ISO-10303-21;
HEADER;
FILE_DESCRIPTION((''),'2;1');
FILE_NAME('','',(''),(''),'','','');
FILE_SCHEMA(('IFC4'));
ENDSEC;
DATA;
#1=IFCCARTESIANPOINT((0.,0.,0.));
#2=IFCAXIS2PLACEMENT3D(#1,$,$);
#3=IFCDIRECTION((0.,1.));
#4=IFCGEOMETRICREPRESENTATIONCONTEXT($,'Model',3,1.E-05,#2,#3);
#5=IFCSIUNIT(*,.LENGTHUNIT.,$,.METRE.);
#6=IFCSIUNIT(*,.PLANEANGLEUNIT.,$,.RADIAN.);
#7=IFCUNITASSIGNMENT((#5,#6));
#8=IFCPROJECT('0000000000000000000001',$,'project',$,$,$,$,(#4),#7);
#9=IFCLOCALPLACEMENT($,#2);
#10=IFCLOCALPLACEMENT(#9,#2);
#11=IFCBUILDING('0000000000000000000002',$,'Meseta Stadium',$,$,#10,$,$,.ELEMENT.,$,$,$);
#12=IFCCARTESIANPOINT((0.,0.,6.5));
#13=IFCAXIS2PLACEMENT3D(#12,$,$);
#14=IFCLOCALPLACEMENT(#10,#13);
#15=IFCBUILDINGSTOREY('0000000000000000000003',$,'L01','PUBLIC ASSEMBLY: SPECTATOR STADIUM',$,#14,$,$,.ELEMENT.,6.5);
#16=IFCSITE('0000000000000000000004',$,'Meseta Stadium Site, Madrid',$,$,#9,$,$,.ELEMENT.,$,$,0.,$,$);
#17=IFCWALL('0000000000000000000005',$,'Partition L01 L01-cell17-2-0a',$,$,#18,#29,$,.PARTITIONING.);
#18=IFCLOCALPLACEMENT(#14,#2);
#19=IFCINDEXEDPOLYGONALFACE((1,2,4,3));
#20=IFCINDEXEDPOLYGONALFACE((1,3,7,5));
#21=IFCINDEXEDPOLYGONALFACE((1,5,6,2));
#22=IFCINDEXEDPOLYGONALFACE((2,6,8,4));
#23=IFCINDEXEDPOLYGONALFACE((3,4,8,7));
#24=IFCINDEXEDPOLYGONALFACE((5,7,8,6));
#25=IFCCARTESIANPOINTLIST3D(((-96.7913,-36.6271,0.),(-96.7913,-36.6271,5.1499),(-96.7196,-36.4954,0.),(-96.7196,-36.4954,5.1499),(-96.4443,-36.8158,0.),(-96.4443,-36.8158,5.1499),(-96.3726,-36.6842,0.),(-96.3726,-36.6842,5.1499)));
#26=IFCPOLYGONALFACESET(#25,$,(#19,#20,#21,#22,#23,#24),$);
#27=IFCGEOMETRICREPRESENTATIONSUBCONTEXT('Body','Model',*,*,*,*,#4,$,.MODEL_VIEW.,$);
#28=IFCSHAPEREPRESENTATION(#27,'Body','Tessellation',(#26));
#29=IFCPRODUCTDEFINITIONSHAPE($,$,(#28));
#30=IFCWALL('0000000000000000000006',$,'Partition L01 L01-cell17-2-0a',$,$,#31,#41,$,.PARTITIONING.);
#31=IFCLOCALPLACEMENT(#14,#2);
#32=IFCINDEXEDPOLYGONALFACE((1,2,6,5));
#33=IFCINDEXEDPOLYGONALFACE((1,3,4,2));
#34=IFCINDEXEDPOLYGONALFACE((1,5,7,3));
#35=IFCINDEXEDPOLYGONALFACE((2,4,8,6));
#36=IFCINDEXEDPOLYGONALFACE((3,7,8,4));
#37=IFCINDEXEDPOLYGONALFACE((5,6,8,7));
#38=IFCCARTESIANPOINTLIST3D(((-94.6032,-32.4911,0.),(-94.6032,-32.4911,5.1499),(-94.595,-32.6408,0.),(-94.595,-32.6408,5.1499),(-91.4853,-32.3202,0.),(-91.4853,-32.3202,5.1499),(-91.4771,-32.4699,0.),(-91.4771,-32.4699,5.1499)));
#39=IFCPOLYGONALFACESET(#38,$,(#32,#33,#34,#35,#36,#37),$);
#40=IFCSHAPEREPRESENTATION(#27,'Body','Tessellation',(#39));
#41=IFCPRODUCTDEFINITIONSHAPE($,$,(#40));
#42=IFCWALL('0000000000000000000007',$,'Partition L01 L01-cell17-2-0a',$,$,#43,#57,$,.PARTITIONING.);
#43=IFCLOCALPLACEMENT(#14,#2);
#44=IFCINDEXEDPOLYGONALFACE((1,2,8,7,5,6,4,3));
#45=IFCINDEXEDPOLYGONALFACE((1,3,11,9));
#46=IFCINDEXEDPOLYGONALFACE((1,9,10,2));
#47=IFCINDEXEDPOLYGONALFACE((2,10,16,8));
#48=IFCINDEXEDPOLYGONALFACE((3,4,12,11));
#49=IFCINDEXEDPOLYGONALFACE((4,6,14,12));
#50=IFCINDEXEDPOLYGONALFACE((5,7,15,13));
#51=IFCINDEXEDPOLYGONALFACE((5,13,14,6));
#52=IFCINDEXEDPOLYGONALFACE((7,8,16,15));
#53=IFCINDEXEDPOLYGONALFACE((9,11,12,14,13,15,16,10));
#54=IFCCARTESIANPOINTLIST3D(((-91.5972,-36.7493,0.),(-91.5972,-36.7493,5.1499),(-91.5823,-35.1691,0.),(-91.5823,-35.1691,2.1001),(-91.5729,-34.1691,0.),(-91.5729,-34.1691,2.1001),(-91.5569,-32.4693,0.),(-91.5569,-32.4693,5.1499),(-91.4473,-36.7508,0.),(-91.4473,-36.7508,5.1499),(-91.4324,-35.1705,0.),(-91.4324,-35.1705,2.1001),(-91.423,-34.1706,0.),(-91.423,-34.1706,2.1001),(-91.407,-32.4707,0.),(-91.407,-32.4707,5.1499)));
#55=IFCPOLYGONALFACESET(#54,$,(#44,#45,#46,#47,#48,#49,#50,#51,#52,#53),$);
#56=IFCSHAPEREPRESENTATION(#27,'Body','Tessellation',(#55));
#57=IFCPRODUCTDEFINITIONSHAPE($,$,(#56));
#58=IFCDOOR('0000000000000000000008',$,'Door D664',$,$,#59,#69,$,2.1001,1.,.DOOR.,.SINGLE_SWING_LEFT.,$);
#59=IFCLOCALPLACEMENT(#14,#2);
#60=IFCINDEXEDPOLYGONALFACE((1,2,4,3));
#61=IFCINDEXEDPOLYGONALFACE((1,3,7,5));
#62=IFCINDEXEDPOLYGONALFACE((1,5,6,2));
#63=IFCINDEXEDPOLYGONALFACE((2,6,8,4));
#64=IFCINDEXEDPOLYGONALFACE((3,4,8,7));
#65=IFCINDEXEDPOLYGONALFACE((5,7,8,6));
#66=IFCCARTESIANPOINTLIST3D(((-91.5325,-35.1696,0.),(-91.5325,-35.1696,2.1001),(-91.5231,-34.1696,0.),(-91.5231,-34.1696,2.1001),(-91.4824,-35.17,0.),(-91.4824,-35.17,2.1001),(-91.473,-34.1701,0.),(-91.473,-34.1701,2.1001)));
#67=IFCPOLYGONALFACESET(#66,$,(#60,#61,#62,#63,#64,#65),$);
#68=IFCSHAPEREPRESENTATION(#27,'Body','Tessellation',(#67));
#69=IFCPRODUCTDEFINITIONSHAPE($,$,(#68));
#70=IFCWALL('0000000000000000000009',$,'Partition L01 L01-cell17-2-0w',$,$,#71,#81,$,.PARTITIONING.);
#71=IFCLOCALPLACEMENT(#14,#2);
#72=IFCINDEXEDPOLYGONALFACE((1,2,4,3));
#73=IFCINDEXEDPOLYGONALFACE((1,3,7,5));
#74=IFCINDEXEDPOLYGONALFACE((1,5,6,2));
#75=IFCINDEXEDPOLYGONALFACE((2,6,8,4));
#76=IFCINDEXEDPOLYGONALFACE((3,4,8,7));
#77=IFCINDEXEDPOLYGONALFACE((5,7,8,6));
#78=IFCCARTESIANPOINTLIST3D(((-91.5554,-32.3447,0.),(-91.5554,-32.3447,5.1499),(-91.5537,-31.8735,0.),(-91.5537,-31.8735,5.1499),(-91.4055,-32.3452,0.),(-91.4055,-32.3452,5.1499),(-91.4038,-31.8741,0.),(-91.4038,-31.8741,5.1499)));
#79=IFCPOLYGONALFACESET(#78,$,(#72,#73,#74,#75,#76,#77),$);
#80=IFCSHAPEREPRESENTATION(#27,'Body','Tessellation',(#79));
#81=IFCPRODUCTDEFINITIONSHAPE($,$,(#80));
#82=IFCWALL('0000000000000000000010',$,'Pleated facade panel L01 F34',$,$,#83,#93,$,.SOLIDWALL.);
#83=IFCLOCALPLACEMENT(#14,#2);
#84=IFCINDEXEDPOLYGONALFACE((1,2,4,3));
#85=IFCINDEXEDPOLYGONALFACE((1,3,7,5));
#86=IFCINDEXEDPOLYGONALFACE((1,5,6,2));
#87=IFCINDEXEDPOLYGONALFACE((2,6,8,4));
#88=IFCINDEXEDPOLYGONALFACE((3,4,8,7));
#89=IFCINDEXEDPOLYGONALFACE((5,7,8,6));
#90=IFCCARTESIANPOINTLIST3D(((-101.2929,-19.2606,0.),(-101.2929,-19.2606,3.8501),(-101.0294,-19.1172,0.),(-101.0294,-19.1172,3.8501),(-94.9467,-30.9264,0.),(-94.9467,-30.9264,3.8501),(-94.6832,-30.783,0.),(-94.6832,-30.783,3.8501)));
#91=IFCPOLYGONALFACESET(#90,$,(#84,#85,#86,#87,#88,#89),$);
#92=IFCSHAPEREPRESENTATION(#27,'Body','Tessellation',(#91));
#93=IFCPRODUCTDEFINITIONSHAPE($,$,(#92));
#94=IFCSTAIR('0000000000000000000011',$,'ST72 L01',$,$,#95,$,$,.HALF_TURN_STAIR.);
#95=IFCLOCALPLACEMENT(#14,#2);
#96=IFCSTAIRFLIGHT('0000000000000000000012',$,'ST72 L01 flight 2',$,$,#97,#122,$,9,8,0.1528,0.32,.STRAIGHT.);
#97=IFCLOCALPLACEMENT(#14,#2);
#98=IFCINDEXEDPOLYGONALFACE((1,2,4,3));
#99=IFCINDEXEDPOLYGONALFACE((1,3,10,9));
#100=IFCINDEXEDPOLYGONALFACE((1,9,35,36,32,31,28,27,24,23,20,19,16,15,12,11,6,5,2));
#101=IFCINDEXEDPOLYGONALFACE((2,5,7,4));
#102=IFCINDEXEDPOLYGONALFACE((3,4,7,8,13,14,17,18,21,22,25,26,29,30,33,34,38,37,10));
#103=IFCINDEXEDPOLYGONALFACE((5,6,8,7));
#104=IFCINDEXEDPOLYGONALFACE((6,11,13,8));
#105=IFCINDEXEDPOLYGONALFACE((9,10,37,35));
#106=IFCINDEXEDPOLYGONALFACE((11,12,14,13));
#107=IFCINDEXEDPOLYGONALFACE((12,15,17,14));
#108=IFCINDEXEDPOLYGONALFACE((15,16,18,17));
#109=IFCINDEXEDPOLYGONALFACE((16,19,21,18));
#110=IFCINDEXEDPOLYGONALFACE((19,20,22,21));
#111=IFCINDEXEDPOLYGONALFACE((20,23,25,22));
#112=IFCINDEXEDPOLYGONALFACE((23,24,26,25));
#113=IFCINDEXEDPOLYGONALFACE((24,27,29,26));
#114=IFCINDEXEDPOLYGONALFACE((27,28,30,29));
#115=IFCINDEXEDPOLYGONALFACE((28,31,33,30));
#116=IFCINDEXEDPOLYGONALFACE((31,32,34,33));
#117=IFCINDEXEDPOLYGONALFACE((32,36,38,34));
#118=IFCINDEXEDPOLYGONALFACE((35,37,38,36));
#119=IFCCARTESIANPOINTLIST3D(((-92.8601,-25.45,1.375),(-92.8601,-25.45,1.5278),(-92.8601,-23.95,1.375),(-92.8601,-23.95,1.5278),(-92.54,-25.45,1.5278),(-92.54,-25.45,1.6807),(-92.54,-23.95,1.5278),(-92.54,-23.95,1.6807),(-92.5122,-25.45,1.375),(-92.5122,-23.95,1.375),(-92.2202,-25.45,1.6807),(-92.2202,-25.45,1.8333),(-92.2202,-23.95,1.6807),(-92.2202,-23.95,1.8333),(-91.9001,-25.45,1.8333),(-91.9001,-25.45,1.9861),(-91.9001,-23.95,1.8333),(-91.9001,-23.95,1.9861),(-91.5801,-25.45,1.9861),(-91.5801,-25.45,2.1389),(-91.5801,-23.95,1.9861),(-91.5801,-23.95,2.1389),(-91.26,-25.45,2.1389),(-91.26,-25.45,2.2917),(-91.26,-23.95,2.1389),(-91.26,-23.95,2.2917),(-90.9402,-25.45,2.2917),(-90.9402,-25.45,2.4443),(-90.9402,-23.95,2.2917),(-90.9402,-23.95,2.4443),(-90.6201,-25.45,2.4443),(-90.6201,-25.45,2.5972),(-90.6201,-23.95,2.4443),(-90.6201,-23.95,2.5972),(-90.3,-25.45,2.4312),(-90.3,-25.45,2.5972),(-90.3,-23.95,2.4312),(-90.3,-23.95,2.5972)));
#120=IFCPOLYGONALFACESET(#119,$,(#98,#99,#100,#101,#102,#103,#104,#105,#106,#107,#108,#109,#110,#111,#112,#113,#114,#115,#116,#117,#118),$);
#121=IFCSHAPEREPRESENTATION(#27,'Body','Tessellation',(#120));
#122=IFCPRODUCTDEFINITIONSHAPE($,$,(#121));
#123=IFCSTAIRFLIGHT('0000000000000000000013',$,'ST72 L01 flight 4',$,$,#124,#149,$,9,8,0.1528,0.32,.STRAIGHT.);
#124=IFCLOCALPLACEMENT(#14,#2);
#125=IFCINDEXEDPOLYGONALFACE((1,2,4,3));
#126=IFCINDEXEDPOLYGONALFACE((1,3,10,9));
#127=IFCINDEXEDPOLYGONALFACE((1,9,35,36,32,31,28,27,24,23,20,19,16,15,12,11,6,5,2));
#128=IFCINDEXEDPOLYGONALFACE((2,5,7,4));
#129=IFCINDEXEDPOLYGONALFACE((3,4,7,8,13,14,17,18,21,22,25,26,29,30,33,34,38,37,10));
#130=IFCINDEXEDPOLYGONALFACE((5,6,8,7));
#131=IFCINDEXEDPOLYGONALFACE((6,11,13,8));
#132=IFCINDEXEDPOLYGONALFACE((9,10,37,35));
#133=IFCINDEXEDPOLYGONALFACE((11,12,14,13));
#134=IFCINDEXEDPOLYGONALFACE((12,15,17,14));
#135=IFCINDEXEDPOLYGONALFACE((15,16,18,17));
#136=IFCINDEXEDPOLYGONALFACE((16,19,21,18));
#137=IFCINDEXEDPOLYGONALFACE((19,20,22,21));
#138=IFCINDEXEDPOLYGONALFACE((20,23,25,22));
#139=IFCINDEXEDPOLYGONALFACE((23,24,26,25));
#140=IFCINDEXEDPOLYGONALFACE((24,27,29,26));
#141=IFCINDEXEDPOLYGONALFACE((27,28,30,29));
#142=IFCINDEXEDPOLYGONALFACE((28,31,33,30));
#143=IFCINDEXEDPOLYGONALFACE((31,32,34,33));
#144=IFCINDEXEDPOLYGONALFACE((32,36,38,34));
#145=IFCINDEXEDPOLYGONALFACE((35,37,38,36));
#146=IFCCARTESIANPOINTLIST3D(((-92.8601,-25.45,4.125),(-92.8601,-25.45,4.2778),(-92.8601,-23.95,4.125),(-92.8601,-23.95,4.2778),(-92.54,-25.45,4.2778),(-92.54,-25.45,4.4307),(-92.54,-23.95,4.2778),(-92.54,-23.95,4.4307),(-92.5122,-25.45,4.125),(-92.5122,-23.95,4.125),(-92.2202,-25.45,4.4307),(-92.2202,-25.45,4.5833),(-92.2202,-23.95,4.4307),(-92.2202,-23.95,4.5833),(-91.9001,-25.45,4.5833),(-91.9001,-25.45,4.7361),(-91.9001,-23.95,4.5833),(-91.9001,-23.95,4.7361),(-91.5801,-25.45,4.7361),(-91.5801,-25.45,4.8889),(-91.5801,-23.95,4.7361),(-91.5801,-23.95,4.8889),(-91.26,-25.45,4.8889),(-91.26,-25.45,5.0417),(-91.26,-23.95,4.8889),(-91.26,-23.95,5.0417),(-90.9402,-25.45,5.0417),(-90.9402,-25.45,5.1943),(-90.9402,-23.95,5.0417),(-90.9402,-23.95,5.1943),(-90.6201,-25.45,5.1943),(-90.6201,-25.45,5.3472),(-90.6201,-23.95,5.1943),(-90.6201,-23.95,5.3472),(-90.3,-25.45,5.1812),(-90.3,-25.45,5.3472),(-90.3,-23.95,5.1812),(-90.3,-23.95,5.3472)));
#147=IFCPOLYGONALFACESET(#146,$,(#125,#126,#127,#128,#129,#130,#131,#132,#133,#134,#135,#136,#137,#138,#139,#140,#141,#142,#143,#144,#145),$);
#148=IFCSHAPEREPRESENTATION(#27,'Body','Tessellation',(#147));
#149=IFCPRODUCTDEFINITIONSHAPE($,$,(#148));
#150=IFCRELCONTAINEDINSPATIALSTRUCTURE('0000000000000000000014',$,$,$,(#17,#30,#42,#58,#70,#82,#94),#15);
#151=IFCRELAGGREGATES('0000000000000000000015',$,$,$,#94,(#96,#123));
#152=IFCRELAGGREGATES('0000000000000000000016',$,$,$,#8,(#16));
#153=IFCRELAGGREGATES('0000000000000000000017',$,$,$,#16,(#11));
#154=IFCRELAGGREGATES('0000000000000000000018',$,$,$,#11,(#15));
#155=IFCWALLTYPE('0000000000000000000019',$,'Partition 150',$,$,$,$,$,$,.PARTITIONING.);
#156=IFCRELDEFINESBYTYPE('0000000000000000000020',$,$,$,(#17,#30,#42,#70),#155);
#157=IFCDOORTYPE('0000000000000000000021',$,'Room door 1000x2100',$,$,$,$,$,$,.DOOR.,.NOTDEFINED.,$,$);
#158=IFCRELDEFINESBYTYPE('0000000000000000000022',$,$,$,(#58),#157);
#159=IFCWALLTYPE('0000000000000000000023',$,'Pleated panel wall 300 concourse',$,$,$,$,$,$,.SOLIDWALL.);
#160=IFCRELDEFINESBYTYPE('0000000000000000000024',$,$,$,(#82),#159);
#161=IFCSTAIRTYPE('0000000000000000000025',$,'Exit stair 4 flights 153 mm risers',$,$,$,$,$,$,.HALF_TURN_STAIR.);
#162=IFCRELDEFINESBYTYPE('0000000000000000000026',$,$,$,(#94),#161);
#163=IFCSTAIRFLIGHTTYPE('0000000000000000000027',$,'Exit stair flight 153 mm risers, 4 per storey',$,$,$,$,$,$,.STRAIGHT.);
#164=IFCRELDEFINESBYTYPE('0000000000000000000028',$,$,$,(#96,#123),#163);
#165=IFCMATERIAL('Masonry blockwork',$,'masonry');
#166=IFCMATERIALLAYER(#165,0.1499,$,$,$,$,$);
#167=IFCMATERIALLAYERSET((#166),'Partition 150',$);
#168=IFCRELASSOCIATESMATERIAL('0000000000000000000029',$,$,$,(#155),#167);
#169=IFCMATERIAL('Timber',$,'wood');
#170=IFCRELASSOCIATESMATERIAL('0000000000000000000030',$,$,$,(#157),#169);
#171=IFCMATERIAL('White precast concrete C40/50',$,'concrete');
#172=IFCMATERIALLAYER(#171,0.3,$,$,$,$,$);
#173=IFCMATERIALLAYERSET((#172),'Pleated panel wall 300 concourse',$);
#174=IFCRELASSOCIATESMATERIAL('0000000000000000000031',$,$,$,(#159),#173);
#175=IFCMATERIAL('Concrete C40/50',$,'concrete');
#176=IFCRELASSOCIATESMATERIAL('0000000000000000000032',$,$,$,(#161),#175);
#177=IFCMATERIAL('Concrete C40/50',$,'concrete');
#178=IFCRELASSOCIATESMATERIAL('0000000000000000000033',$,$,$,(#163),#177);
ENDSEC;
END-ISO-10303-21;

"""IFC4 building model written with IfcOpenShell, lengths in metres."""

from ifc_helpers import new_model, si_unit, direction, frame, frame_2d, origin, place, context, subcontext, project, spatial, polyline, rectangle, outline, extrude, material, layer, layer_set, type_object, element, fill, aggregate, save


model = new_model("IFC4")

# Units and contexts
model_context = context("Model", 3, precision=1e-05, world=origin(), true_north=direction((0.0, 1.0)))
body_context = subcontext(model_context, "Body", "Model", "MODEL_VIEW")
ifc_project = project(units=[si_unit("LENGTHUNIT", "METRE"), si_unit("PLANEANGLEUNIT", "RADIAN")], contexts=[model_context])

# Site, building, storey
site_placement = place(None, origin())
site = spatial("IfcSite", under=ifc_project, at=site_placement, Name="Meseta Stadium Site, Madrid", CompositionType="ELEMENT", RefElevation=0.0)
building_placement = place(site_placement, origin())
building = spatial("IfcBuilding", under=site, at=building_placement, Name="Meseta Stadium", CompositionType="ELEMENT")
storey_placement = place(building_placement, frame((0.0, 0.0, 6.5)))
storey = spatial("IfcBuildingStorey", under=building, at=storey_placement, Name="L01", Description="PUBLIC ASSEMBLY: SPECTATOR STADIUM", CompositionType="ELEMENT", Elevation=6.5)

# Walls
ifc_material_1 = material(Name="Masonry blockwork", Category="masonry")
ifc_layer_1 = layer(ifc_material_1, 0.1499)
ifc_layer_set_1 = layer_set([ifc_layer_1], Name="Partition 150")
wall_type_1 = type_object("IfcWallType", Name="Partition 150", PredefinedType="PARTITIONING", material=ifc_layer_set_1)
wall_1_placement = place(storey_placement, frame((-96.4084, -36.75, 0.0), z_axis=(0.0, 0.0, 1.0), x_axis=(-0.878438, 0.477856, 0.0)))
element("IfcWall", 1, at=wall_1_placement, inside=storey, type_object=wall_type_1, Name="Partition L01 L01-cell17-2-0a", PredefinedType="PARTITIONING", context=body_context, shape_type="SweptSolid", body=[
    extrude(rectangle(XDim=0.395, YDim=0.1499, at=frame_2d((0.1975, 0.0))), origin(), (0.0, 0.0, 1.0), 5.1499),
])
wall_2_placement = place(storey_placement, frame((-94.5991, -32.5659, 0.0), z_axis=(0.0, 0.0, 1.0), x_axis=(0.998501, 0.05473, 0.0)))
element("IfcWall", 2, at=wall_2_placement, inside=storey, type_object=wall_type_1, Name="Partition L01 L01-cell17-2-0a", PredefinedType="PARTITIONING", context=body_context, shape_type="SweptSolid", body=[
    extrude(rectangle(XDim=3.1226, YDim=0.1499, at=frame_2d((1.5613, 0.0))), origin(), (0.0, 0.0, 1.0), 5.1499),
])

# Wall, opening, door
wall_3_placement = place(storey_placement, frame((-91.4819, -32.47, 0.0), z_axis=(0.0, 0.0, 1.0), x_axis=(-0.009411, -0.999956, 0.0)))
wall_3 = element("IfcWall", 3, at=wall_3_placement, inside=storey, type_object=wall_type_1, Name="Partition L01 L01-cell17-2-0a", PredefinedType="PARTITIONING", context=body_context, shape_type="SweptSolid", body=[
    extrude(rectangle(XDim=4.2803, YDim=0.1499, at=frame_2d((2.1401, 0.0))), origin(), (0.0, 0.0, 1.0), 5.1499),
])
opening_placement = place(wall_3_placement, frame((1.7, 0.0, 0.0)))
opening = element("IfcOpeningElement", 4, at=opening_placement, cuts=wall_3, PredefinedType="OPENING", context=body_context, shape_type="SweptSolid", body=[
    extrude(rectangle(XDim=1.0, YDim=2.1001, at=frame_2d((0.5, 1.05))), frame((0.0, 0.085, 0.0), z_axis=(0.0, -1.0, 0.0), x_axis=(1.0, 0.0, 0.0)), (0.0, 0.0, 1.0), 0.1699),
])
ifc_material_2 = material(Name="Timber", Category="wood")
door_type = type_object("IfcDoorType", Name="Room door 1000x2100", OperationType="NOTDEFINED", PredefinedType="DOOR", material=ifc_material_2)
door_placement = place(opening_placement, origin())
door = element("IfcDoor", 5, at=door_placement, inside=storey, type_object=door_type, Name="Door D664", OperationType="SINGLE_SWING_LEFT", OverallHeight=2.1001, OverallWidth=1.0, PredefinedType="DOOR", context=body_context, shape_type="SweptSolid", body=[
    extrude(rectangle(XDim=1.0, YDim=2.1001, at=frame_2d((0.5, 1.05))), frame((0.0, 0.0249, 0.0), z_axis=(0.0, -1.0, 0.0), x_axis=(1.0, 0.0, 0.0)), (0.0, 0.0, 1.0), 0.05),
])
fill(opening, door)

# Walls
wall_4_placement = place(storey_placement, frame((-91.4788, -31.8738, 0.0), z_axis=(0.0, 0.0, 1.0), x_axis=(-0.003627, -0.999993, 0.0)))
element("IfcWall", 6, at=wall_4_placement, inside=storey, type_object=wall_type_1, Name="Partition L01 L01-cell17-2-0w", PredefinedType="PARTITIONING", context=body_context, shape_type="SweptSolid", body=[
    extrude(rectangle(XDim=0.4712, YDim=0.1499, at=frame_2d((0.2356, 0.0))), origin(), (0.0, 0.0, 1.0), 5.1499),
])
ifc_material_3 = material(Name="White precast concrete C40/50", Category="concrete")
ifc_layer_2 = layer(ifc_material_3, 0.3)
ifc_layer_set_2 = layer_set([ifc_layer_2], Name="Pleated panel wall 300 concourse")
wall_type_2 = type_object("IfcWallType", Name="Pleated panel wall 300 concourse", PredefinedType="SOLIDWALL", material=ifc_layer_set_2)
wall_5_placement = place(storey_placement, frame((-94.8149, -30.8547, 0.0), z_axis=(0.0, 0.0, 1.0), x_axis=(-0.477868, 0.878432, 0.0)))
element("IfcWall", 7, at=wall_5_placement, inside=storey, type_object=wall_type_2, Name="Pleated facade panel L01 F34", PredefinedType="SOLIDWALL", context=body_context, shape_type="SweptSolid", body=[
    extrude(rectangle(XDim=13.2803, YDim=0.3, at=frame_2d((6.6401, 0.0))), origin(), (0.0, 0.0, 1.0), 3.8501),
])

# Stair, stair flights
ifc_material_4 = material(Name="Concrete C40/50", Category="concrete")
stair_type = type_object("IfcStairType", Name="Exit stair 4 flights 153 mm risers", PredefinedType="HALF_TURN_STAIR", material=ifc_material_4)
stair_placement = place(storey_placement, origin())
stair = element("IfcStair", 8, at=stair_placement, inside=storey, type_object=stair_type, Name="ST72 L01", PredefinedType="HALF_TURN_STAIR")
ifc_material_5 = material(Name="Concrete C40/50", Category="concrete")
stair_flight_type = type_object("IfcStairFlightType", Name="Exit stair flight 153 mm risers, 4 per storey", PredefinedType="STRAIGHT", material=ifc_material_5)
stair_flight_1_placement = place(storey_placement, frame((-92.8601, -24.7, 1.375), z_axis=(0.0, 0.0, 1.0), x_axis=(1.0, 0.0, 0.0)))
stair_flight_1 = element("IfcStairFlight", 9, at=stair_flight_1_placement, type_object=stair_flight_type, Name="ST72 L01 flight 2", NumberOfRisers=9, NumberOfTreads=8, PredefinedType="STRAIGHT", RiserHeight=0.1528, TreadLength=0.32, context=body_context, shape_type="SweptSolid", body=[
    extrude(outline(polyline([(0.0, 0.0), (0.0, 0.1528), (0.3201, 0.1528), (0.3201, 0.3057), (0.6399, 0.3057), (0.6399, 0.4583), (0.96, 0.4583), (0.96, 0.6111), (1.28, 0.6111), (1.28, 0.7639), (1.6001, 0.7639), (1.6001, 0.9167), (1.9199, 0.9167), (1.9199, 1.0693), (2.24, 1.0693), (2.24, 1.2222), (2.5601, 1.2222), (2.5601, 1.0562), (0.3479, 0.0), (0.0, 0.0)])), frame((0.0, 0.75, 0.0), z_axis=(0.0, -1.0, 0.0), x_axis=(1.0, 0.0, 0.0)), (0.0, 0.0, 1.0), 1.5),
])
stair_flight_2_placement = place(storey_placement, frame((-92.8601, -24.7, 4.125), z_axis=(0.0, 0.0, 1.0), x_axis=(1.0, 0.0, 0.0)))
stair_flight_2 = element("IfcStairFlight", 10, at=stair_flight_2_placement, type_object=stair_flight_type, Name="ST72 L01 flight 4", NumberOfRisers=9, NumberOfTreads=8, PredefinedType="STRAIGHT", RiserHeight=0.1528, TreadLength=0.32, context=body_context, shape_type="SweptSolid", body=[
    extrude(outline(polyline([(0.0, 0.0), (0.0, 0.1528), (0.3201, 0.1528), (0.3201, 0.3057), (0.6399, 0.3057), (0.6399, 0.4583), (0.96, 0.4583), (0.96, 0.6111), (1.28, 0.6111), (1.28, 0.7639), (1.6001, 0.7639), (1.6001, 0.9167), (1.9199, 0.9167), (1.9199, 1.0693), (2.24, 1.0693), (2.24, 1.2222), (2.5601, 1.2222), (2.5601, 1.0562), (0.3479, 0.0), (0.0, 0.0)])), frame((0.0, 0.75, 0.0), z_axis=(0.0, -1.0, 0.0), x_axis=(1.0, 0.0, 0.0)), (0.0, 0.0, 1.0), 1.5),
])
aggregate(stair, [stair_flight_1, stair_flight_2])

save(model, "model.ifc")
